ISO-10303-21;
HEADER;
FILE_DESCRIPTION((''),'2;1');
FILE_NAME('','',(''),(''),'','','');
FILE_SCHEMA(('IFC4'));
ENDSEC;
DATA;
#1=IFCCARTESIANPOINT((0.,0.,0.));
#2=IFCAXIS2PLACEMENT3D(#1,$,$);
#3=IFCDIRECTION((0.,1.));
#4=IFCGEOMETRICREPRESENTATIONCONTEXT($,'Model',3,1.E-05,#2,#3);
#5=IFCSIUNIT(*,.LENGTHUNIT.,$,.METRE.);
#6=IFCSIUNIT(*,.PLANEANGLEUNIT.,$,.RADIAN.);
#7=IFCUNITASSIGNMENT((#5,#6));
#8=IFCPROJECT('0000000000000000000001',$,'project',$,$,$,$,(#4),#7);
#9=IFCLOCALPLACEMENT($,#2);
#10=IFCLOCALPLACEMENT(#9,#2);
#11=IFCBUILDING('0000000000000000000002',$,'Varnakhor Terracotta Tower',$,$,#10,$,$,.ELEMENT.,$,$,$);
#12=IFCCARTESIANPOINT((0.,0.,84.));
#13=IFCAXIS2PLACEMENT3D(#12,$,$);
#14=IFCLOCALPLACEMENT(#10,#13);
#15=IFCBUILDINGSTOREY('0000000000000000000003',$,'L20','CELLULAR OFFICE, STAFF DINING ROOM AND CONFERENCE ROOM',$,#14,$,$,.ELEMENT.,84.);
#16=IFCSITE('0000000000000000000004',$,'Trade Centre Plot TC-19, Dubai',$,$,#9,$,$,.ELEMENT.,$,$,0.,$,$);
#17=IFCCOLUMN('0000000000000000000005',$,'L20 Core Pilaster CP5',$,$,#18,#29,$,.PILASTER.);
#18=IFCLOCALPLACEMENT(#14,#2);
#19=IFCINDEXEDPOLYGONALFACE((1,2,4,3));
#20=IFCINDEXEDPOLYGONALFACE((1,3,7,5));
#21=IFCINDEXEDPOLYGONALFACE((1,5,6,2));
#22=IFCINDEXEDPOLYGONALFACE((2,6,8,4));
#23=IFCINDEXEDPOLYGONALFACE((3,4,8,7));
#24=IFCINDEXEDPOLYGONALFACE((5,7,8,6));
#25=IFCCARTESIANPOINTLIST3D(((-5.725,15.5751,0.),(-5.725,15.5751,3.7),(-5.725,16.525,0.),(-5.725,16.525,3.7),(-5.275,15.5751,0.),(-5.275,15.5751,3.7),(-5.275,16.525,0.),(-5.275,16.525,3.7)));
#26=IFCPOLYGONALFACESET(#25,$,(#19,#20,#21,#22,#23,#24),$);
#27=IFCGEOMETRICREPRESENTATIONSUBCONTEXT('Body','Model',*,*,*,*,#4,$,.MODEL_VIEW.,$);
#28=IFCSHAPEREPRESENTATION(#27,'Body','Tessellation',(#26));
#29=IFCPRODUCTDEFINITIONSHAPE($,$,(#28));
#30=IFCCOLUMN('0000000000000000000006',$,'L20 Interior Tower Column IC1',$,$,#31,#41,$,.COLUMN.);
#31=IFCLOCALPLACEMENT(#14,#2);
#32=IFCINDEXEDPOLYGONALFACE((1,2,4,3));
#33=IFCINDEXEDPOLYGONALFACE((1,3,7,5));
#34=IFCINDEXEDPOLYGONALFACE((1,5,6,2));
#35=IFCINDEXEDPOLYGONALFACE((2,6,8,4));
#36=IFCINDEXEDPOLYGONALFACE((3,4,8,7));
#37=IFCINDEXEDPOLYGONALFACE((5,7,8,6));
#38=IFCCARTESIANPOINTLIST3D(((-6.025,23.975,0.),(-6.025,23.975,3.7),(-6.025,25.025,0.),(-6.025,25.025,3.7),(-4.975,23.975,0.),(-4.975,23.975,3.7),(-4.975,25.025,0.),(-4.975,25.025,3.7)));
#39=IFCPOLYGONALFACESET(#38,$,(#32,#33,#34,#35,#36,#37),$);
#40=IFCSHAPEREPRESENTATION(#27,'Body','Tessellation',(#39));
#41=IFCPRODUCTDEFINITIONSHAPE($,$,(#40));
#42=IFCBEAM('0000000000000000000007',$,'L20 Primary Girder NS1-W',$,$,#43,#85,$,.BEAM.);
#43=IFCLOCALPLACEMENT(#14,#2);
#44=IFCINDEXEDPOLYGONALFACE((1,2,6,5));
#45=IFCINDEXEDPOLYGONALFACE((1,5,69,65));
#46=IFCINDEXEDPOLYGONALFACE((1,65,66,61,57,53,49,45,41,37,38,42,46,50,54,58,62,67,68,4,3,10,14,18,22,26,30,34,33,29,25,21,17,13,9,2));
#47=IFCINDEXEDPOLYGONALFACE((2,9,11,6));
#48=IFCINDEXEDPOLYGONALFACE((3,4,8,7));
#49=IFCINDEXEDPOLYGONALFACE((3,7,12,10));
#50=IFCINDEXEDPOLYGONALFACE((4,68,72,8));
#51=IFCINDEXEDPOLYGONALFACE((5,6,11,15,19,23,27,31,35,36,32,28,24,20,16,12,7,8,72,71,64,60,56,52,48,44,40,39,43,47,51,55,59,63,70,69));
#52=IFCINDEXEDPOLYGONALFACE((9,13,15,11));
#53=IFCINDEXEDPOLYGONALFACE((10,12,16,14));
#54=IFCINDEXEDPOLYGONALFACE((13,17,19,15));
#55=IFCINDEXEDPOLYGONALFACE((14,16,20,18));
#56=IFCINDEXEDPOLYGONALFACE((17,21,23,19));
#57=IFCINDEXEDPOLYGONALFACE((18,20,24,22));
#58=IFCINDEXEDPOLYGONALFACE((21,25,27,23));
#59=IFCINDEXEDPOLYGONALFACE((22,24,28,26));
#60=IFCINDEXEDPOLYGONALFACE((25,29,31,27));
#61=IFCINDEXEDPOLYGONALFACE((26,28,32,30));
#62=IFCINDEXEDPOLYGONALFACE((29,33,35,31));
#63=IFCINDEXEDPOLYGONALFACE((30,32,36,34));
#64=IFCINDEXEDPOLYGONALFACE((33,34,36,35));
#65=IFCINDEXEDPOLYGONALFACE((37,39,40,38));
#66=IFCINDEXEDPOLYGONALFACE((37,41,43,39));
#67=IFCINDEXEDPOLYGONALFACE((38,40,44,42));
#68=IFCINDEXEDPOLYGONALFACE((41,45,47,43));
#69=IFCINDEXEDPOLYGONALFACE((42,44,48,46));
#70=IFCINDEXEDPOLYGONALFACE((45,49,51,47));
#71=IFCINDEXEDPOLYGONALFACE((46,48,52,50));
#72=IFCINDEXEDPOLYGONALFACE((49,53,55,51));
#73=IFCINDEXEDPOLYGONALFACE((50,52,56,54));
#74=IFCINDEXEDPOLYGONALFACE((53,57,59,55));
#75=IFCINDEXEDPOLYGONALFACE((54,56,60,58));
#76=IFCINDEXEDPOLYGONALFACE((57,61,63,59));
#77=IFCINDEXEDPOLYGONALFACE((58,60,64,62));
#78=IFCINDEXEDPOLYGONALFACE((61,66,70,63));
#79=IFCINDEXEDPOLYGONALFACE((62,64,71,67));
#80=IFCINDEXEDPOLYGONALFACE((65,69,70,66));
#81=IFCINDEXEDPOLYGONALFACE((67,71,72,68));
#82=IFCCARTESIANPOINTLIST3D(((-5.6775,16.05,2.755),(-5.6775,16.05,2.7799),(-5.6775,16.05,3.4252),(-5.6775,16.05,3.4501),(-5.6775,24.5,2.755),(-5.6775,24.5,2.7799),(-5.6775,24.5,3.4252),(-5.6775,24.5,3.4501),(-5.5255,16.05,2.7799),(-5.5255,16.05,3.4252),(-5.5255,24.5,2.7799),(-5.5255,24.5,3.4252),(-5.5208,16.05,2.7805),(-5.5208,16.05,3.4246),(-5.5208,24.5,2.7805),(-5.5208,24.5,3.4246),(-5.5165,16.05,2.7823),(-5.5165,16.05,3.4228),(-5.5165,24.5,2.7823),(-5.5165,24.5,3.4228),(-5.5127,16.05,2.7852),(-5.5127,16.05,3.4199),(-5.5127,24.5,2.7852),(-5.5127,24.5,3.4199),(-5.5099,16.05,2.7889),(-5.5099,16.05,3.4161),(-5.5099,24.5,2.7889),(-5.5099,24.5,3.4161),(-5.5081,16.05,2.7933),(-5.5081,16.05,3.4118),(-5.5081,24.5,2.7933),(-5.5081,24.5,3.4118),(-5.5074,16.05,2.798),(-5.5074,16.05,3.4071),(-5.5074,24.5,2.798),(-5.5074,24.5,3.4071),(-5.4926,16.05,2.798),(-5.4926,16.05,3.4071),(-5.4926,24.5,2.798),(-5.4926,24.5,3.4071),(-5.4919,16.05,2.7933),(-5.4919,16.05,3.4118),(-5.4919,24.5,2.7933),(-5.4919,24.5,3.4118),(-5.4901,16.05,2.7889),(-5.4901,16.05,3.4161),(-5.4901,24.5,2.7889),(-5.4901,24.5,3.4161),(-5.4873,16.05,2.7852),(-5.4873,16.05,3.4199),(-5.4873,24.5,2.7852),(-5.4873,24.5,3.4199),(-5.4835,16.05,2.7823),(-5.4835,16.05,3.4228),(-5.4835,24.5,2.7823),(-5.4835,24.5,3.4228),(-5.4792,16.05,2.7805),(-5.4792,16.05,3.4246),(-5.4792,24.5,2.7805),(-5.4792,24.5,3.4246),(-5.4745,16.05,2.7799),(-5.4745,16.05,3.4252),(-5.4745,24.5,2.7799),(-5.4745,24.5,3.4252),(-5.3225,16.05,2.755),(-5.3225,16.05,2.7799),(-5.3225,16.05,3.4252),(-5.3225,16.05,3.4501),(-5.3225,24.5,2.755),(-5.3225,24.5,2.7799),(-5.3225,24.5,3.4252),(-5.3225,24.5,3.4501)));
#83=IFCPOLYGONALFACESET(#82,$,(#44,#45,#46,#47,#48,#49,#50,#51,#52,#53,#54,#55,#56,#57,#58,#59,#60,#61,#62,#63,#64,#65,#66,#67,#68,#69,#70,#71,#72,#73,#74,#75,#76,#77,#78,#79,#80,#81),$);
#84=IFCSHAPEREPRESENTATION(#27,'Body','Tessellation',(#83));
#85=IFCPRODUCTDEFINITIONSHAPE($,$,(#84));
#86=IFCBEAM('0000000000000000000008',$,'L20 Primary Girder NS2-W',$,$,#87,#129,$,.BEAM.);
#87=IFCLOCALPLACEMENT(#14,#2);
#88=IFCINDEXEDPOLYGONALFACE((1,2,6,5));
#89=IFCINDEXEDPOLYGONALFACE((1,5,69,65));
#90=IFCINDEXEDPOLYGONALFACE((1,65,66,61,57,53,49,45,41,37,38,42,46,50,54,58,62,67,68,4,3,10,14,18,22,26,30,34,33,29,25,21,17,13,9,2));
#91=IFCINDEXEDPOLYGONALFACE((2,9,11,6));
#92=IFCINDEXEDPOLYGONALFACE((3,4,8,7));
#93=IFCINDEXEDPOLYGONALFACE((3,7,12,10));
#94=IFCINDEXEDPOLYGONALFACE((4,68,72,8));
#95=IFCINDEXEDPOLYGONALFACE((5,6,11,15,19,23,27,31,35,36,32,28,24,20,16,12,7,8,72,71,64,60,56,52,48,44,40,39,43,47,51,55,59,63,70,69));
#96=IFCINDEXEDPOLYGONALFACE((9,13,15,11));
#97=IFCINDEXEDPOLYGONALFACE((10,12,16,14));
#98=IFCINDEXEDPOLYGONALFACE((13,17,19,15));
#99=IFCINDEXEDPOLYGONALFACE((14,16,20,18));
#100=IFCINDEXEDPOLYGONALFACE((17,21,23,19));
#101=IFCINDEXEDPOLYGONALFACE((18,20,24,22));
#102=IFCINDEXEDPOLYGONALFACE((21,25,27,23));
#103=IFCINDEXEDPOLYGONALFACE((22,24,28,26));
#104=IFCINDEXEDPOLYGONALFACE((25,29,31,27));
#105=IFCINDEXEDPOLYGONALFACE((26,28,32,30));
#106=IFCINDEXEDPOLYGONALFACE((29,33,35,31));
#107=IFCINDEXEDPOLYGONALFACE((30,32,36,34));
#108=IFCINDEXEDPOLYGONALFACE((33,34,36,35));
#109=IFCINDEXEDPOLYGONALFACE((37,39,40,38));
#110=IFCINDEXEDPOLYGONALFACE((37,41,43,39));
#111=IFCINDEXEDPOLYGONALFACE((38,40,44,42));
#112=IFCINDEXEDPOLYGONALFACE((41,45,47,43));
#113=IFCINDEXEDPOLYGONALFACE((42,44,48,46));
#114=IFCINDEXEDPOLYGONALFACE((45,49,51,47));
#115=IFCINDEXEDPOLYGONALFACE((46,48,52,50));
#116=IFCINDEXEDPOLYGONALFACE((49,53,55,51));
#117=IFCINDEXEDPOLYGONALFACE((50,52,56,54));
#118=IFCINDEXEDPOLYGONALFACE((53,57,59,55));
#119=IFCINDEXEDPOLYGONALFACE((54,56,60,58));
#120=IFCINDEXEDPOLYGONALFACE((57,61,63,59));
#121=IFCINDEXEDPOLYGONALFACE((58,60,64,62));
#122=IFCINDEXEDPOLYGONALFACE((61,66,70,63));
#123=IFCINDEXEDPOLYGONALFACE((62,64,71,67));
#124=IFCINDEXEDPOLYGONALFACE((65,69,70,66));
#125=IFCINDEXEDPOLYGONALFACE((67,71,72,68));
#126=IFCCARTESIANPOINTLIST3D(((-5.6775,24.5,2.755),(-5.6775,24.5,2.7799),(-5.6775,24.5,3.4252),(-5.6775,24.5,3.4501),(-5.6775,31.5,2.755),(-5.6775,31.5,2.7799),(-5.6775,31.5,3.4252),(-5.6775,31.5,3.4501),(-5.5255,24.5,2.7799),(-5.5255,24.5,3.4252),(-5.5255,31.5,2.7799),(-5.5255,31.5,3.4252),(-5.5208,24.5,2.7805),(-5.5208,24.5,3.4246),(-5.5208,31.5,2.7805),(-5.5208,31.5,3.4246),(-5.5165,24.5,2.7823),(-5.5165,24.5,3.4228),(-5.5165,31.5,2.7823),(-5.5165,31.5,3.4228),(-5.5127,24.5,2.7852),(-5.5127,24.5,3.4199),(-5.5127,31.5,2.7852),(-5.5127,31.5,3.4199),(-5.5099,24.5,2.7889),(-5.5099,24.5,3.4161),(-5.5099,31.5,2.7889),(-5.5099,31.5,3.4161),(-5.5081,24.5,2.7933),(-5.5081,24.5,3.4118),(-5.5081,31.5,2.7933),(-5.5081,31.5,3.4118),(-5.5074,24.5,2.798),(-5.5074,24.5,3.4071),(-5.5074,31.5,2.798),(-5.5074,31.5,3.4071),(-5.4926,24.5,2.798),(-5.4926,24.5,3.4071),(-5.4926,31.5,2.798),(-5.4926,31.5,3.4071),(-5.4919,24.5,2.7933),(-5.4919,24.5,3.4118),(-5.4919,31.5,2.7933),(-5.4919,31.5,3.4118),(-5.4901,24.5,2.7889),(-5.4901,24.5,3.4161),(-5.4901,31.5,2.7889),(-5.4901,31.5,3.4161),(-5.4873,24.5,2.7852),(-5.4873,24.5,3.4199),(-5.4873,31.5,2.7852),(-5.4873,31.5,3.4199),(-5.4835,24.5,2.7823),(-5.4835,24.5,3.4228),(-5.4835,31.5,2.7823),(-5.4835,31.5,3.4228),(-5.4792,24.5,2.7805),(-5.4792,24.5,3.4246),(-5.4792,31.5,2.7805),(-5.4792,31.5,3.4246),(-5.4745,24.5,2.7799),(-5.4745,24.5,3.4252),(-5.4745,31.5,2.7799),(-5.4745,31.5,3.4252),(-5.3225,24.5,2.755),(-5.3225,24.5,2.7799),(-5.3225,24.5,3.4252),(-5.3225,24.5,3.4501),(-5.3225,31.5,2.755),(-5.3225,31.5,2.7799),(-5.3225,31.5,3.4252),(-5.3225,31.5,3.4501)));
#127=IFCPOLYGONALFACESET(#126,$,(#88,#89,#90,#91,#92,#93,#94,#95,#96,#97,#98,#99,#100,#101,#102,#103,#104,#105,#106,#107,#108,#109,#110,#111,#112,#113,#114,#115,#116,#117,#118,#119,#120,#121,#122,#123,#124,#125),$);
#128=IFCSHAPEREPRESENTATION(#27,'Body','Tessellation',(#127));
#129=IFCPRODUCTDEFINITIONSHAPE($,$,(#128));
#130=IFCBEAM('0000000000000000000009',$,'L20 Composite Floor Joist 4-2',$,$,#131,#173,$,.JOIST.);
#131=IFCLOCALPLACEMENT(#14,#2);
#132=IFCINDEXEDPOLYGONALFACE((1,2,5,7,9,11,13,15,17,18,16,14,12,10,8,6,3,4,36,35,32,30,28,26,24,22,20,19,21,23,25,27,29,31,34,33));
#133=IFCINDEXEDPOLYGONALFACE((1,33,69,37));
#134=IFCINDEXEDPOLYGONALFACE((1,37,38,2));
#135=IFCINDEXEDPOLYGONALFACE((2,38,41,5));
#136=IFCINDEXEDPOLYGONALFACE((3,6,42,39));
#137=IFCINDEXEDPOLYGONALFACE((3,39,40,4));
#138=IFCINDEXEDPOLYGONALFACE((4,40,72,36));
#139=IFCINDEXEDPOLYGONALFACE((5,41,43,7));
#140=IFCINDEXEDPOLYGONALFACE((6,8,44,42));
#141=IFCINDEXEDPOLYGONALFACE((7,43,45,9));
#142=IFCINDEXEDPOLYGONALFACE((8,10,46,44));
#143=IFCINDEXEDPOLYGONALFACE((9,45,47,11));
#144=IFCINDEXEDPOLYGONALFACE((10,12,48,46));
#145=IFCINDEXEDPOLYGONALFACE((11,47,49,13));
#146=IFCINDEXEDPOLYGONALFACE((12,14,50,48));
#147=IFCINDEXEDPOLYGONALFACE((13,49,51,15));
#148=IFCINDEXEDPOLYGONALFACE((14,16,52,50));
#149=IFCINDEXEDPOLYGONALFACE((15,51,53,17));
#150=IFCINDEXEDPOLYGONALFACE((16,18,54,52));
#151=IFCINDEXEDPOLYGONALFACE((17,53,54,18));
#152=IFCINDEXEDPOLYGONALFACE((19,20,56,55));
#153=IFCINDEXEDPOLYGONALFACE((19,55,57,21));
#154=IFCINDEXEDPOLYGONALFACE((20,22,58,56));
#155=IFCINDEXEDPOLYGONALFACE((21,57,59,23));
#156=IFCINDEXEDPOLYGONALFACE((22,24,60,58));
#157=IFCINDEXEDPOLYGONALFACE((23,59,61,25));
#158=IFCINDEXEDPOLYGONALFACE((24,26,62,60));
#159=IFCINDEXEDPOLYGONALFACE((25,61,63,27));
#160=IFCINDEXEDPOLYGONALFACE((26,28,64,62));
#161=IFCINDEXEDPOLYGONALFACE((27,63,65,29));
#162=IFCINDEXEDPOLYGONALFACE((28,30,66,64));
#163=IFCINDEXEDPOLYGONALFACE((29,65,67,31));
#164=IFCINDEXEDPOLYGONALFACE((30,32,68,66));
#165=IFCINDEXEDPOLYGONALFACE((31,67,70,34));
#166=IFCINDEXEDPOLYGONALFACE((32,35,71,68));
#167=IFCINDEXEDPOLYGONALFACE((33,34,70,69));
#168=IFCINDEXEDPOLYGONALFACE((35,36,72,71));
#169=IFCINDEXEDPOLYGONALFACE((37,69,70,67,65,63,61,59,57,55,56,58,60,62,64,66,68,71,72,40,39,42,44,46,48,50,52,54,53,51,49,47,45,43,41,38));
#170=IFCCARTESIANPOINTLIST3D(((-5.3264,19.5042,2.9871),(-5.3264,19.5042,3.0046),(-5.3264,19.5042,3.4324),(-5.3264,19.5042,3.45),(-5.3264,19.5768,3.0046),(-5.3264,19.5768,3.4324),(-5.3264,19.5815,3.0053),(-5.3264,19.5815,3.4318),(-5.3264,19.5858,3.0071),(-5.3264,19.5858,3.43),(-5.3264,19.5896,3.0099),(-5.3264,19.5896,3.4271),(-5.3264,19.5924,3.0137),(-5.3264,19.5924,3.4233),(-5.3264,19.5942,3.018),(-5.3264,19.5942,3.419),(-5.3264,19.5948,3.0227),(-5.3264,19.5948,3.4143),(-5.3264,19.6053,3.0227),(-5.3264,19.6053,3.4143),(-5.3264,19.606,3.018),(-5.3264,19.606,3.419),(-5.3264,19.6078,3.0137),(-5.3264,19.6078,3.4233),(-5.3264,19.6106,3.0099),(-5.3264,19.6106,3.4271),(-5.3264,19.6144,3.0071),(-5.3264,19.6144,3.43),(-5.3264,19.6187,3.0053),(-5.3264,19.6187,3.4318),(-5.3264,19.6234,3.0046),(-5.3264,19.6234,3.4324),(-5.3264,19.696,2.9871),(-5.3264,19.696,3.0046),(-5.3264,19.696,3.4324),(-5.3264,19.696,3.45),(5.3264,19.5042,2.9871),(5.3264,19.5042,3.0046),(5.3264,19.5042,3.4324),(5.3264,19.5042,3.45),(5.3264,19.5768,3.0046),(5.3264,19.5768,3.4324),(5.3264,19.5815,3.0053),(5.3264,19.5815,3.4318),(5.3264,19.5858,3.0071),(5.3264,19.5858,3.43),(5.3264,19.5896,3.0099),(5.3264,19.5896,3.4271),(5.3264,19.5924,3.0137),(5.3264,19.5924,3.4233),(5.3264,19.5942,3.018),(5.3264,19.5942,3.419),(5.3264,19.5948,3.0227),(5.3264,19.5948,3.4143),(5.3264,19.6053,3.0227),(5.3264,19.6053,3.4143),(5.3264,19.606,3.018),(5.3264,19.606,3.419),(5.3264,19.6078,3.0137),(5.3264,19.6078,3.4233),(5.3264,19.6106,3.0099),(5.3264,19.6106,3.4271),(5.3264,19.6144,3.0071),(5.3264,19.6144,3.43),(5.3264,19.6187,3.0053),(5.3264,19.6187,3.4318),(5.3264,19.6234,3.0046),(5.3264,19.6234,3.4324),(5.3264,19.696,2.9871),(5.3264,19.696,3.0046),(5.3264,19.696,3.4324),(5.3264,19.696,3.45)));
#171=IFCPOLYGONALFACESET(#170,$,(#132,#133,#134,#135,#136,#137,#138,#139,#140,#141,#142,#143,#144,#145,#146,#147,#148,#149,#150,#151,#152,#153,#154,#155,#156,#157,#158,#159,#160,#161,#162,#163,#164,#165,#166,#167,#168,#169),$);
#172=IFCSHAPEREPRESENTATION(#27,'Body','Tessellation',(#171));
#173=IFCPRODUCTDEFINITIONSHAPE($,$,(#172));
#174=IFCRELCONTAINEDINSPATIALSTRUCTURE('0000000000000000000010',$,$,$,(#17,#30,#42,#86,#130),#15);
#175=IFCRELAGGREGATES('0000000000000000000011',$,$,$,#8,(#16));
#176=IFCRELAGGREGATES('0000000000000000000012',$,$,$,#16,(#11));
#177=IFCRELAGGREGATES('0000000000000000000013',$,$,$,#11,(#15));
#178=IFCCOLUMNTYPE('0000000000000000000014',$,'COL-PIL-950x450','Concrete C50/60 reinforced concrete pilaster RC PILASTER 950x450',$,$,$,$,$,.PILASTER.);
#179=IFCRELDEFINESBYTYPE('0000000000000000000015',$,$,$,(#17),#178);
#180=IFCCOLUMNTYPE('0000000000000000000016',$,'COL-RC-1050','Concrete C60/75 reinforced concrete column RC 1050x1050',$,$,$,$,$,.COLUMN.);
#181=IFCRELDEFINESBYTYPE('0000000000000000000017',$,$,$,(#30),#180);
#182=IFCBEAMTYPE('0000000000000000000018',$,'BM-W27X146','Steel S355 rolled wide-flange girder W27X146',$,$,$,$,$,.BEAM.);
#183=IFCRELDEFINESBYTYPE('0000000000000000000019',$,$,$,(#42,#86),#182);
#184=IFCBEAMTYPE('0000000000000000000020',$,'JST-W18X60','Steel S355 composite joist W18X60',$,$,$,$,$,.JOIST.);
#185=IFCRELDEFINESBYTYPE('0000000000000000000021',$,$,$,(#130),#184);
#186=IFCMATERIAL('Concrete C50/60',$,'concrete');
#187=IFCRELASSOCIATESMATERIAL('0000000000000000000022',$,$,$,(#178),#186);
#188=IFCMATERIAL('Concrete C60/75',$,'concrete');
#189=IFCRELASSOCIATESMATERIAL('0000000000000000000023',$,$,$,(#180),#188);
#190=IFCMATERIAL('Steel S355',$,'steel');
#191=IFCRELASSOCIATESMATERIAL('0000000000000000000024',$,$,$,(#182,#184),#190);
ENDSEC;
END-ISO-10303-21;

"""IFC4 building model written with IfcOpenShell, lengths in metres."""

from ifc_helpers import new_model, si_unit, direction, frame, origin, origin_2d, place, context, subcontext, project, spatial, rectangle, i_section, extrude, source, transform, mapped, material, material_profile, profile_set, type_object, type_shapes, element, save


model = new_model("IFC4")

# Units and contexts
model_context = context("Model", 3, precision=1e-05, world=origin(), true_north=direction((0.0, 1.0)))
body_context = subcontext(model_context, "Body", "Model", "MODEL_VIEW")
ifc_project = project(units=[si_unit("LENGTHUNIT", "METRE"), si_unit("PLANEANGLEUNIT", "RADIAN")], contexts=[model_context])

# Site, building, storey
site_placement = place(None, origin())
site = spatial("IfcSite", under=ifc_project, at=site_placement, Name="Trade Centre Plot TC-19, Dubai", CompositionType="ELEMENT", RefElevation=0.0)
building_placement = place(site_placement, origin())
building = spatial("IfcBuilding", under=site, at=building_placement, Name="Varnakhor Terracotta Tower", CompositionType="ELEMENT")
storey_placement = place(building_placement, frame((0.0, 0.0, 84.0)))
storey = spatial("IfcBuildingStorey", under=building, at=storey_placement, Name="L20", Description="CELLULAR OFFICE, STAFF DINING ROOM AND CONFERENCE ROOM", CompositionType="ELEMENT", Elevation=84.0)

# Columns
ifc_material_1 = material(Name="Concrete C50/60", Category="concrete")
ifc_material_profile_1 = material_profile(ifc_material_1, rectangle(XDim=0.45, YDim=0.95, at=origin_2d()), Name="RC PILASTER 950x450")
ifc_profile_set_1 = profile_set([ifc_material_profile_1], Name="Concrete C50/60")
column_type_1 = type_object("IfcColumnType", Name="COL-PIL-950x450", Description="Concrete C50/60 reinforced concrete pilaster RC PILASTER 950x450", PredefinedType="PILASTER", material=ifc_profile_set_1)
shared_shape_1 = source(origin(), body_context, "Body", "SweptSolid", [
    extrude(rectangle(XDim=0.45, YDim=0.95, at=origin_2d()), origin(), (0.0, 0.0, 1.0), 3.7),
])
column_1_placement = place(storey_placement, frame((-5.5, 16.05, 0.0), z_axis=(0.0, 0.0, 1.0), x_axis=(1.0, 0.0, 0.0)))
element("IfcColumn", 1, at=column_1_placement, inside=storey, type_object=column_type_1, Name="L20 Core Pilaster CP5", PredefinedType="PILASTER", context=body_context, shape_type="MappedRepresentation", body=[
    mapped(shared_shape_1, transform((0.0, 0.0, 0.0), scale=1.0)),
])
ifc_material_2 = material(Name="Concrete C60/75", Category="concrete")
ifc_material_profile_2 = material_profile(ifc_material_2, rectangle(XDim=1.05, YDim=1.05, at=origin_2d()), Name="RC 1050x1050")
ifc_profile_set_2 = profile_set([ifc_material_profile_2], Name="Concrete C60/75")
column_type_2 = type_object("IfcColumnType", Name="COL-RC-1050", Description="Concrete C60/75 reinforced concrete column RC 1050x1050", PredefinedType="COLUMN", material=ifc_profile_set_2)
shared_shape_2 = source(origin(), body_context, "Body", "SweptSolid", [
    extrude(rectangle(XDim=1.05, YDim=1.05, at=origin_2d()), origin(), (0.0, 0.0, 1.0), 3.7),
])
column_2_placement = place(storey_placement, frame((-5.5, 24.5, 0.0), z_axis=(0.0, 0.0, 1.0), x_axis=(1.0, 0.0, 0.0)))
element("IfcColumn", 2, at=column_2_placement, inside=storey, type_object=column_type_2, Name="L20 Interior Tower Column IC1", PredefinedType="COLUMN", context=body_context, shape_type="MappedRepresentation", body=[
    mapped(shared_shape_2, transform((0.0, 0.0, 0.0), scale=1.0)),
])

# Beams
ifc_material_3 = material(Name="Steel S355", Category="steel")
ifc_material_profile_3 = material_profile(ifc_material_3, i_section(OverallWidth=0.355, OverallDepth=0.6951, WebThickness=0.0149, FlangeThickness=0.0249, FilletRadius=0.0181, at=origin_2d()), Name="W27X146")
ifc_profile_set_3 = profile_set([ifc_material_profile_3], Name="Steel S355")
beam_type_1 = type_object("IfcBeamType", Name="BM-W27X146", Description="Steel S355 rolled wide-flange girder W27X146", PredefinedType="BEAM", material=ifc_profile_set_3)
shared_shape_3 = source(origin(), body_context, "Body", "SweptSolid", [
    extrude(i_section(OverallWidth=0.355, OverallDepth=0.6951, WebThickness=0.0149, FlangeThickness=0.0249, FilletRadius=0.0181, at=origin_2d()), origin(), (0.0, 0.0, 1.0), 8.45),
])
type_shapes(beam_type_1, [shared_shape_3])
beam_1_placement = place(storey_placement, frame((-5.5, 16.05, 3.1025), z_axis=(0.0, 1.0, 0.0), x_axis=(-1.0, 0.0, 0.0)))
element("IfcBeam", 3, at=beam_1_placement, inside=storey, type_object=beam_type_1, Name="L20 Primary Girder NS1-W", PredefinedType="BEAM", context=body_context, shape_type="MappedRepresentation", body=[
    mapped(shared_shape_3, transform((0.0, 0.0, 0.0), scale=1.0)),
])
shared_shape_4 = source(origin(), body_context, "Body", "SweptSolid", [
    extrude(i_section(OverallWidth=0.355, OverallDepth=0.6951, WebThickness=0.0149, FlangeThickness=0.0249, FilletRadius=0.0181, at=origin_2d()), origin(), (0.0, 0.0, 1.0), 7.0),
])
beam_2_placement = place(storey_placement, frame((-5.5, 24.5, 3.1025), z_axis=(0.0, 1.0, 0.0), x_axis=(-1.0, 0.0, 0.0)))
element("IfcBeam", 4, at=beam_2_placement, inside=storey, type_object=beam_type_1, Name="L20 Primary Girder NS2-W", PredefinedType="BEAM", context=body_context, shape_type="MappedRepresentation", body=[
    mapped(shared_shape_4, transform((0.0, 0.0, 0.0), scale=1.0)),
])
ifc_material_profile_4 = material_profile(ifc_material_3, i_section(OverallWidth=0.1919, OverallDepth=0.4629, WebThickness=0.0105, FlangeThickness=0.0176, FilletRadius=0.0181, at=origin_2d()), Name="W18X60")
ifc_profile_set_4 = profile_set([ifc_material_profile_4], Name="Steel S355")
beam_type_2 = type_object("IfcBeamType", Name="JST-W18X60", Description="Steel S355 composite joist W18X60", PredefinedType="JOIST", material=ifc_profile_set_4)
shared_shape_5 = source(origin(), body_context, "Body", "SweptSolid", [
    extrude(i_section(OverallWidth=0.1919, OverallDepth=0.4629, WebThickness=0.0105, FlangeThickness=0.0176, FilletRadius=0.0181, at=origin_2d()), origin(), (0.0, 0.0, 1.0), 10.6528),
])
for number, where, z_axis, x_axis, name in (
    (5, (-5.3264, 19.6001, 3.2185), (1.0, 0.0, 0.0), (0.0, 1.0, 0.0), "L20 Composite Floor Joist 4-2"),
):
    element("IfcBeam", number, at=place(storey_placement, frame(where, z_axis=z_axis, x_axis=x_axis)), inside=storey, type_object=beam_type_2, Name=name, PredefinedType="JOIST", context=body_context, shape_type="MappedRepresentation", body=[
        mapped(shared_shape_5, transform((0.0, 0.0, 0.0), scale=1.0)),
    ])

save(model, "model.ifc")
